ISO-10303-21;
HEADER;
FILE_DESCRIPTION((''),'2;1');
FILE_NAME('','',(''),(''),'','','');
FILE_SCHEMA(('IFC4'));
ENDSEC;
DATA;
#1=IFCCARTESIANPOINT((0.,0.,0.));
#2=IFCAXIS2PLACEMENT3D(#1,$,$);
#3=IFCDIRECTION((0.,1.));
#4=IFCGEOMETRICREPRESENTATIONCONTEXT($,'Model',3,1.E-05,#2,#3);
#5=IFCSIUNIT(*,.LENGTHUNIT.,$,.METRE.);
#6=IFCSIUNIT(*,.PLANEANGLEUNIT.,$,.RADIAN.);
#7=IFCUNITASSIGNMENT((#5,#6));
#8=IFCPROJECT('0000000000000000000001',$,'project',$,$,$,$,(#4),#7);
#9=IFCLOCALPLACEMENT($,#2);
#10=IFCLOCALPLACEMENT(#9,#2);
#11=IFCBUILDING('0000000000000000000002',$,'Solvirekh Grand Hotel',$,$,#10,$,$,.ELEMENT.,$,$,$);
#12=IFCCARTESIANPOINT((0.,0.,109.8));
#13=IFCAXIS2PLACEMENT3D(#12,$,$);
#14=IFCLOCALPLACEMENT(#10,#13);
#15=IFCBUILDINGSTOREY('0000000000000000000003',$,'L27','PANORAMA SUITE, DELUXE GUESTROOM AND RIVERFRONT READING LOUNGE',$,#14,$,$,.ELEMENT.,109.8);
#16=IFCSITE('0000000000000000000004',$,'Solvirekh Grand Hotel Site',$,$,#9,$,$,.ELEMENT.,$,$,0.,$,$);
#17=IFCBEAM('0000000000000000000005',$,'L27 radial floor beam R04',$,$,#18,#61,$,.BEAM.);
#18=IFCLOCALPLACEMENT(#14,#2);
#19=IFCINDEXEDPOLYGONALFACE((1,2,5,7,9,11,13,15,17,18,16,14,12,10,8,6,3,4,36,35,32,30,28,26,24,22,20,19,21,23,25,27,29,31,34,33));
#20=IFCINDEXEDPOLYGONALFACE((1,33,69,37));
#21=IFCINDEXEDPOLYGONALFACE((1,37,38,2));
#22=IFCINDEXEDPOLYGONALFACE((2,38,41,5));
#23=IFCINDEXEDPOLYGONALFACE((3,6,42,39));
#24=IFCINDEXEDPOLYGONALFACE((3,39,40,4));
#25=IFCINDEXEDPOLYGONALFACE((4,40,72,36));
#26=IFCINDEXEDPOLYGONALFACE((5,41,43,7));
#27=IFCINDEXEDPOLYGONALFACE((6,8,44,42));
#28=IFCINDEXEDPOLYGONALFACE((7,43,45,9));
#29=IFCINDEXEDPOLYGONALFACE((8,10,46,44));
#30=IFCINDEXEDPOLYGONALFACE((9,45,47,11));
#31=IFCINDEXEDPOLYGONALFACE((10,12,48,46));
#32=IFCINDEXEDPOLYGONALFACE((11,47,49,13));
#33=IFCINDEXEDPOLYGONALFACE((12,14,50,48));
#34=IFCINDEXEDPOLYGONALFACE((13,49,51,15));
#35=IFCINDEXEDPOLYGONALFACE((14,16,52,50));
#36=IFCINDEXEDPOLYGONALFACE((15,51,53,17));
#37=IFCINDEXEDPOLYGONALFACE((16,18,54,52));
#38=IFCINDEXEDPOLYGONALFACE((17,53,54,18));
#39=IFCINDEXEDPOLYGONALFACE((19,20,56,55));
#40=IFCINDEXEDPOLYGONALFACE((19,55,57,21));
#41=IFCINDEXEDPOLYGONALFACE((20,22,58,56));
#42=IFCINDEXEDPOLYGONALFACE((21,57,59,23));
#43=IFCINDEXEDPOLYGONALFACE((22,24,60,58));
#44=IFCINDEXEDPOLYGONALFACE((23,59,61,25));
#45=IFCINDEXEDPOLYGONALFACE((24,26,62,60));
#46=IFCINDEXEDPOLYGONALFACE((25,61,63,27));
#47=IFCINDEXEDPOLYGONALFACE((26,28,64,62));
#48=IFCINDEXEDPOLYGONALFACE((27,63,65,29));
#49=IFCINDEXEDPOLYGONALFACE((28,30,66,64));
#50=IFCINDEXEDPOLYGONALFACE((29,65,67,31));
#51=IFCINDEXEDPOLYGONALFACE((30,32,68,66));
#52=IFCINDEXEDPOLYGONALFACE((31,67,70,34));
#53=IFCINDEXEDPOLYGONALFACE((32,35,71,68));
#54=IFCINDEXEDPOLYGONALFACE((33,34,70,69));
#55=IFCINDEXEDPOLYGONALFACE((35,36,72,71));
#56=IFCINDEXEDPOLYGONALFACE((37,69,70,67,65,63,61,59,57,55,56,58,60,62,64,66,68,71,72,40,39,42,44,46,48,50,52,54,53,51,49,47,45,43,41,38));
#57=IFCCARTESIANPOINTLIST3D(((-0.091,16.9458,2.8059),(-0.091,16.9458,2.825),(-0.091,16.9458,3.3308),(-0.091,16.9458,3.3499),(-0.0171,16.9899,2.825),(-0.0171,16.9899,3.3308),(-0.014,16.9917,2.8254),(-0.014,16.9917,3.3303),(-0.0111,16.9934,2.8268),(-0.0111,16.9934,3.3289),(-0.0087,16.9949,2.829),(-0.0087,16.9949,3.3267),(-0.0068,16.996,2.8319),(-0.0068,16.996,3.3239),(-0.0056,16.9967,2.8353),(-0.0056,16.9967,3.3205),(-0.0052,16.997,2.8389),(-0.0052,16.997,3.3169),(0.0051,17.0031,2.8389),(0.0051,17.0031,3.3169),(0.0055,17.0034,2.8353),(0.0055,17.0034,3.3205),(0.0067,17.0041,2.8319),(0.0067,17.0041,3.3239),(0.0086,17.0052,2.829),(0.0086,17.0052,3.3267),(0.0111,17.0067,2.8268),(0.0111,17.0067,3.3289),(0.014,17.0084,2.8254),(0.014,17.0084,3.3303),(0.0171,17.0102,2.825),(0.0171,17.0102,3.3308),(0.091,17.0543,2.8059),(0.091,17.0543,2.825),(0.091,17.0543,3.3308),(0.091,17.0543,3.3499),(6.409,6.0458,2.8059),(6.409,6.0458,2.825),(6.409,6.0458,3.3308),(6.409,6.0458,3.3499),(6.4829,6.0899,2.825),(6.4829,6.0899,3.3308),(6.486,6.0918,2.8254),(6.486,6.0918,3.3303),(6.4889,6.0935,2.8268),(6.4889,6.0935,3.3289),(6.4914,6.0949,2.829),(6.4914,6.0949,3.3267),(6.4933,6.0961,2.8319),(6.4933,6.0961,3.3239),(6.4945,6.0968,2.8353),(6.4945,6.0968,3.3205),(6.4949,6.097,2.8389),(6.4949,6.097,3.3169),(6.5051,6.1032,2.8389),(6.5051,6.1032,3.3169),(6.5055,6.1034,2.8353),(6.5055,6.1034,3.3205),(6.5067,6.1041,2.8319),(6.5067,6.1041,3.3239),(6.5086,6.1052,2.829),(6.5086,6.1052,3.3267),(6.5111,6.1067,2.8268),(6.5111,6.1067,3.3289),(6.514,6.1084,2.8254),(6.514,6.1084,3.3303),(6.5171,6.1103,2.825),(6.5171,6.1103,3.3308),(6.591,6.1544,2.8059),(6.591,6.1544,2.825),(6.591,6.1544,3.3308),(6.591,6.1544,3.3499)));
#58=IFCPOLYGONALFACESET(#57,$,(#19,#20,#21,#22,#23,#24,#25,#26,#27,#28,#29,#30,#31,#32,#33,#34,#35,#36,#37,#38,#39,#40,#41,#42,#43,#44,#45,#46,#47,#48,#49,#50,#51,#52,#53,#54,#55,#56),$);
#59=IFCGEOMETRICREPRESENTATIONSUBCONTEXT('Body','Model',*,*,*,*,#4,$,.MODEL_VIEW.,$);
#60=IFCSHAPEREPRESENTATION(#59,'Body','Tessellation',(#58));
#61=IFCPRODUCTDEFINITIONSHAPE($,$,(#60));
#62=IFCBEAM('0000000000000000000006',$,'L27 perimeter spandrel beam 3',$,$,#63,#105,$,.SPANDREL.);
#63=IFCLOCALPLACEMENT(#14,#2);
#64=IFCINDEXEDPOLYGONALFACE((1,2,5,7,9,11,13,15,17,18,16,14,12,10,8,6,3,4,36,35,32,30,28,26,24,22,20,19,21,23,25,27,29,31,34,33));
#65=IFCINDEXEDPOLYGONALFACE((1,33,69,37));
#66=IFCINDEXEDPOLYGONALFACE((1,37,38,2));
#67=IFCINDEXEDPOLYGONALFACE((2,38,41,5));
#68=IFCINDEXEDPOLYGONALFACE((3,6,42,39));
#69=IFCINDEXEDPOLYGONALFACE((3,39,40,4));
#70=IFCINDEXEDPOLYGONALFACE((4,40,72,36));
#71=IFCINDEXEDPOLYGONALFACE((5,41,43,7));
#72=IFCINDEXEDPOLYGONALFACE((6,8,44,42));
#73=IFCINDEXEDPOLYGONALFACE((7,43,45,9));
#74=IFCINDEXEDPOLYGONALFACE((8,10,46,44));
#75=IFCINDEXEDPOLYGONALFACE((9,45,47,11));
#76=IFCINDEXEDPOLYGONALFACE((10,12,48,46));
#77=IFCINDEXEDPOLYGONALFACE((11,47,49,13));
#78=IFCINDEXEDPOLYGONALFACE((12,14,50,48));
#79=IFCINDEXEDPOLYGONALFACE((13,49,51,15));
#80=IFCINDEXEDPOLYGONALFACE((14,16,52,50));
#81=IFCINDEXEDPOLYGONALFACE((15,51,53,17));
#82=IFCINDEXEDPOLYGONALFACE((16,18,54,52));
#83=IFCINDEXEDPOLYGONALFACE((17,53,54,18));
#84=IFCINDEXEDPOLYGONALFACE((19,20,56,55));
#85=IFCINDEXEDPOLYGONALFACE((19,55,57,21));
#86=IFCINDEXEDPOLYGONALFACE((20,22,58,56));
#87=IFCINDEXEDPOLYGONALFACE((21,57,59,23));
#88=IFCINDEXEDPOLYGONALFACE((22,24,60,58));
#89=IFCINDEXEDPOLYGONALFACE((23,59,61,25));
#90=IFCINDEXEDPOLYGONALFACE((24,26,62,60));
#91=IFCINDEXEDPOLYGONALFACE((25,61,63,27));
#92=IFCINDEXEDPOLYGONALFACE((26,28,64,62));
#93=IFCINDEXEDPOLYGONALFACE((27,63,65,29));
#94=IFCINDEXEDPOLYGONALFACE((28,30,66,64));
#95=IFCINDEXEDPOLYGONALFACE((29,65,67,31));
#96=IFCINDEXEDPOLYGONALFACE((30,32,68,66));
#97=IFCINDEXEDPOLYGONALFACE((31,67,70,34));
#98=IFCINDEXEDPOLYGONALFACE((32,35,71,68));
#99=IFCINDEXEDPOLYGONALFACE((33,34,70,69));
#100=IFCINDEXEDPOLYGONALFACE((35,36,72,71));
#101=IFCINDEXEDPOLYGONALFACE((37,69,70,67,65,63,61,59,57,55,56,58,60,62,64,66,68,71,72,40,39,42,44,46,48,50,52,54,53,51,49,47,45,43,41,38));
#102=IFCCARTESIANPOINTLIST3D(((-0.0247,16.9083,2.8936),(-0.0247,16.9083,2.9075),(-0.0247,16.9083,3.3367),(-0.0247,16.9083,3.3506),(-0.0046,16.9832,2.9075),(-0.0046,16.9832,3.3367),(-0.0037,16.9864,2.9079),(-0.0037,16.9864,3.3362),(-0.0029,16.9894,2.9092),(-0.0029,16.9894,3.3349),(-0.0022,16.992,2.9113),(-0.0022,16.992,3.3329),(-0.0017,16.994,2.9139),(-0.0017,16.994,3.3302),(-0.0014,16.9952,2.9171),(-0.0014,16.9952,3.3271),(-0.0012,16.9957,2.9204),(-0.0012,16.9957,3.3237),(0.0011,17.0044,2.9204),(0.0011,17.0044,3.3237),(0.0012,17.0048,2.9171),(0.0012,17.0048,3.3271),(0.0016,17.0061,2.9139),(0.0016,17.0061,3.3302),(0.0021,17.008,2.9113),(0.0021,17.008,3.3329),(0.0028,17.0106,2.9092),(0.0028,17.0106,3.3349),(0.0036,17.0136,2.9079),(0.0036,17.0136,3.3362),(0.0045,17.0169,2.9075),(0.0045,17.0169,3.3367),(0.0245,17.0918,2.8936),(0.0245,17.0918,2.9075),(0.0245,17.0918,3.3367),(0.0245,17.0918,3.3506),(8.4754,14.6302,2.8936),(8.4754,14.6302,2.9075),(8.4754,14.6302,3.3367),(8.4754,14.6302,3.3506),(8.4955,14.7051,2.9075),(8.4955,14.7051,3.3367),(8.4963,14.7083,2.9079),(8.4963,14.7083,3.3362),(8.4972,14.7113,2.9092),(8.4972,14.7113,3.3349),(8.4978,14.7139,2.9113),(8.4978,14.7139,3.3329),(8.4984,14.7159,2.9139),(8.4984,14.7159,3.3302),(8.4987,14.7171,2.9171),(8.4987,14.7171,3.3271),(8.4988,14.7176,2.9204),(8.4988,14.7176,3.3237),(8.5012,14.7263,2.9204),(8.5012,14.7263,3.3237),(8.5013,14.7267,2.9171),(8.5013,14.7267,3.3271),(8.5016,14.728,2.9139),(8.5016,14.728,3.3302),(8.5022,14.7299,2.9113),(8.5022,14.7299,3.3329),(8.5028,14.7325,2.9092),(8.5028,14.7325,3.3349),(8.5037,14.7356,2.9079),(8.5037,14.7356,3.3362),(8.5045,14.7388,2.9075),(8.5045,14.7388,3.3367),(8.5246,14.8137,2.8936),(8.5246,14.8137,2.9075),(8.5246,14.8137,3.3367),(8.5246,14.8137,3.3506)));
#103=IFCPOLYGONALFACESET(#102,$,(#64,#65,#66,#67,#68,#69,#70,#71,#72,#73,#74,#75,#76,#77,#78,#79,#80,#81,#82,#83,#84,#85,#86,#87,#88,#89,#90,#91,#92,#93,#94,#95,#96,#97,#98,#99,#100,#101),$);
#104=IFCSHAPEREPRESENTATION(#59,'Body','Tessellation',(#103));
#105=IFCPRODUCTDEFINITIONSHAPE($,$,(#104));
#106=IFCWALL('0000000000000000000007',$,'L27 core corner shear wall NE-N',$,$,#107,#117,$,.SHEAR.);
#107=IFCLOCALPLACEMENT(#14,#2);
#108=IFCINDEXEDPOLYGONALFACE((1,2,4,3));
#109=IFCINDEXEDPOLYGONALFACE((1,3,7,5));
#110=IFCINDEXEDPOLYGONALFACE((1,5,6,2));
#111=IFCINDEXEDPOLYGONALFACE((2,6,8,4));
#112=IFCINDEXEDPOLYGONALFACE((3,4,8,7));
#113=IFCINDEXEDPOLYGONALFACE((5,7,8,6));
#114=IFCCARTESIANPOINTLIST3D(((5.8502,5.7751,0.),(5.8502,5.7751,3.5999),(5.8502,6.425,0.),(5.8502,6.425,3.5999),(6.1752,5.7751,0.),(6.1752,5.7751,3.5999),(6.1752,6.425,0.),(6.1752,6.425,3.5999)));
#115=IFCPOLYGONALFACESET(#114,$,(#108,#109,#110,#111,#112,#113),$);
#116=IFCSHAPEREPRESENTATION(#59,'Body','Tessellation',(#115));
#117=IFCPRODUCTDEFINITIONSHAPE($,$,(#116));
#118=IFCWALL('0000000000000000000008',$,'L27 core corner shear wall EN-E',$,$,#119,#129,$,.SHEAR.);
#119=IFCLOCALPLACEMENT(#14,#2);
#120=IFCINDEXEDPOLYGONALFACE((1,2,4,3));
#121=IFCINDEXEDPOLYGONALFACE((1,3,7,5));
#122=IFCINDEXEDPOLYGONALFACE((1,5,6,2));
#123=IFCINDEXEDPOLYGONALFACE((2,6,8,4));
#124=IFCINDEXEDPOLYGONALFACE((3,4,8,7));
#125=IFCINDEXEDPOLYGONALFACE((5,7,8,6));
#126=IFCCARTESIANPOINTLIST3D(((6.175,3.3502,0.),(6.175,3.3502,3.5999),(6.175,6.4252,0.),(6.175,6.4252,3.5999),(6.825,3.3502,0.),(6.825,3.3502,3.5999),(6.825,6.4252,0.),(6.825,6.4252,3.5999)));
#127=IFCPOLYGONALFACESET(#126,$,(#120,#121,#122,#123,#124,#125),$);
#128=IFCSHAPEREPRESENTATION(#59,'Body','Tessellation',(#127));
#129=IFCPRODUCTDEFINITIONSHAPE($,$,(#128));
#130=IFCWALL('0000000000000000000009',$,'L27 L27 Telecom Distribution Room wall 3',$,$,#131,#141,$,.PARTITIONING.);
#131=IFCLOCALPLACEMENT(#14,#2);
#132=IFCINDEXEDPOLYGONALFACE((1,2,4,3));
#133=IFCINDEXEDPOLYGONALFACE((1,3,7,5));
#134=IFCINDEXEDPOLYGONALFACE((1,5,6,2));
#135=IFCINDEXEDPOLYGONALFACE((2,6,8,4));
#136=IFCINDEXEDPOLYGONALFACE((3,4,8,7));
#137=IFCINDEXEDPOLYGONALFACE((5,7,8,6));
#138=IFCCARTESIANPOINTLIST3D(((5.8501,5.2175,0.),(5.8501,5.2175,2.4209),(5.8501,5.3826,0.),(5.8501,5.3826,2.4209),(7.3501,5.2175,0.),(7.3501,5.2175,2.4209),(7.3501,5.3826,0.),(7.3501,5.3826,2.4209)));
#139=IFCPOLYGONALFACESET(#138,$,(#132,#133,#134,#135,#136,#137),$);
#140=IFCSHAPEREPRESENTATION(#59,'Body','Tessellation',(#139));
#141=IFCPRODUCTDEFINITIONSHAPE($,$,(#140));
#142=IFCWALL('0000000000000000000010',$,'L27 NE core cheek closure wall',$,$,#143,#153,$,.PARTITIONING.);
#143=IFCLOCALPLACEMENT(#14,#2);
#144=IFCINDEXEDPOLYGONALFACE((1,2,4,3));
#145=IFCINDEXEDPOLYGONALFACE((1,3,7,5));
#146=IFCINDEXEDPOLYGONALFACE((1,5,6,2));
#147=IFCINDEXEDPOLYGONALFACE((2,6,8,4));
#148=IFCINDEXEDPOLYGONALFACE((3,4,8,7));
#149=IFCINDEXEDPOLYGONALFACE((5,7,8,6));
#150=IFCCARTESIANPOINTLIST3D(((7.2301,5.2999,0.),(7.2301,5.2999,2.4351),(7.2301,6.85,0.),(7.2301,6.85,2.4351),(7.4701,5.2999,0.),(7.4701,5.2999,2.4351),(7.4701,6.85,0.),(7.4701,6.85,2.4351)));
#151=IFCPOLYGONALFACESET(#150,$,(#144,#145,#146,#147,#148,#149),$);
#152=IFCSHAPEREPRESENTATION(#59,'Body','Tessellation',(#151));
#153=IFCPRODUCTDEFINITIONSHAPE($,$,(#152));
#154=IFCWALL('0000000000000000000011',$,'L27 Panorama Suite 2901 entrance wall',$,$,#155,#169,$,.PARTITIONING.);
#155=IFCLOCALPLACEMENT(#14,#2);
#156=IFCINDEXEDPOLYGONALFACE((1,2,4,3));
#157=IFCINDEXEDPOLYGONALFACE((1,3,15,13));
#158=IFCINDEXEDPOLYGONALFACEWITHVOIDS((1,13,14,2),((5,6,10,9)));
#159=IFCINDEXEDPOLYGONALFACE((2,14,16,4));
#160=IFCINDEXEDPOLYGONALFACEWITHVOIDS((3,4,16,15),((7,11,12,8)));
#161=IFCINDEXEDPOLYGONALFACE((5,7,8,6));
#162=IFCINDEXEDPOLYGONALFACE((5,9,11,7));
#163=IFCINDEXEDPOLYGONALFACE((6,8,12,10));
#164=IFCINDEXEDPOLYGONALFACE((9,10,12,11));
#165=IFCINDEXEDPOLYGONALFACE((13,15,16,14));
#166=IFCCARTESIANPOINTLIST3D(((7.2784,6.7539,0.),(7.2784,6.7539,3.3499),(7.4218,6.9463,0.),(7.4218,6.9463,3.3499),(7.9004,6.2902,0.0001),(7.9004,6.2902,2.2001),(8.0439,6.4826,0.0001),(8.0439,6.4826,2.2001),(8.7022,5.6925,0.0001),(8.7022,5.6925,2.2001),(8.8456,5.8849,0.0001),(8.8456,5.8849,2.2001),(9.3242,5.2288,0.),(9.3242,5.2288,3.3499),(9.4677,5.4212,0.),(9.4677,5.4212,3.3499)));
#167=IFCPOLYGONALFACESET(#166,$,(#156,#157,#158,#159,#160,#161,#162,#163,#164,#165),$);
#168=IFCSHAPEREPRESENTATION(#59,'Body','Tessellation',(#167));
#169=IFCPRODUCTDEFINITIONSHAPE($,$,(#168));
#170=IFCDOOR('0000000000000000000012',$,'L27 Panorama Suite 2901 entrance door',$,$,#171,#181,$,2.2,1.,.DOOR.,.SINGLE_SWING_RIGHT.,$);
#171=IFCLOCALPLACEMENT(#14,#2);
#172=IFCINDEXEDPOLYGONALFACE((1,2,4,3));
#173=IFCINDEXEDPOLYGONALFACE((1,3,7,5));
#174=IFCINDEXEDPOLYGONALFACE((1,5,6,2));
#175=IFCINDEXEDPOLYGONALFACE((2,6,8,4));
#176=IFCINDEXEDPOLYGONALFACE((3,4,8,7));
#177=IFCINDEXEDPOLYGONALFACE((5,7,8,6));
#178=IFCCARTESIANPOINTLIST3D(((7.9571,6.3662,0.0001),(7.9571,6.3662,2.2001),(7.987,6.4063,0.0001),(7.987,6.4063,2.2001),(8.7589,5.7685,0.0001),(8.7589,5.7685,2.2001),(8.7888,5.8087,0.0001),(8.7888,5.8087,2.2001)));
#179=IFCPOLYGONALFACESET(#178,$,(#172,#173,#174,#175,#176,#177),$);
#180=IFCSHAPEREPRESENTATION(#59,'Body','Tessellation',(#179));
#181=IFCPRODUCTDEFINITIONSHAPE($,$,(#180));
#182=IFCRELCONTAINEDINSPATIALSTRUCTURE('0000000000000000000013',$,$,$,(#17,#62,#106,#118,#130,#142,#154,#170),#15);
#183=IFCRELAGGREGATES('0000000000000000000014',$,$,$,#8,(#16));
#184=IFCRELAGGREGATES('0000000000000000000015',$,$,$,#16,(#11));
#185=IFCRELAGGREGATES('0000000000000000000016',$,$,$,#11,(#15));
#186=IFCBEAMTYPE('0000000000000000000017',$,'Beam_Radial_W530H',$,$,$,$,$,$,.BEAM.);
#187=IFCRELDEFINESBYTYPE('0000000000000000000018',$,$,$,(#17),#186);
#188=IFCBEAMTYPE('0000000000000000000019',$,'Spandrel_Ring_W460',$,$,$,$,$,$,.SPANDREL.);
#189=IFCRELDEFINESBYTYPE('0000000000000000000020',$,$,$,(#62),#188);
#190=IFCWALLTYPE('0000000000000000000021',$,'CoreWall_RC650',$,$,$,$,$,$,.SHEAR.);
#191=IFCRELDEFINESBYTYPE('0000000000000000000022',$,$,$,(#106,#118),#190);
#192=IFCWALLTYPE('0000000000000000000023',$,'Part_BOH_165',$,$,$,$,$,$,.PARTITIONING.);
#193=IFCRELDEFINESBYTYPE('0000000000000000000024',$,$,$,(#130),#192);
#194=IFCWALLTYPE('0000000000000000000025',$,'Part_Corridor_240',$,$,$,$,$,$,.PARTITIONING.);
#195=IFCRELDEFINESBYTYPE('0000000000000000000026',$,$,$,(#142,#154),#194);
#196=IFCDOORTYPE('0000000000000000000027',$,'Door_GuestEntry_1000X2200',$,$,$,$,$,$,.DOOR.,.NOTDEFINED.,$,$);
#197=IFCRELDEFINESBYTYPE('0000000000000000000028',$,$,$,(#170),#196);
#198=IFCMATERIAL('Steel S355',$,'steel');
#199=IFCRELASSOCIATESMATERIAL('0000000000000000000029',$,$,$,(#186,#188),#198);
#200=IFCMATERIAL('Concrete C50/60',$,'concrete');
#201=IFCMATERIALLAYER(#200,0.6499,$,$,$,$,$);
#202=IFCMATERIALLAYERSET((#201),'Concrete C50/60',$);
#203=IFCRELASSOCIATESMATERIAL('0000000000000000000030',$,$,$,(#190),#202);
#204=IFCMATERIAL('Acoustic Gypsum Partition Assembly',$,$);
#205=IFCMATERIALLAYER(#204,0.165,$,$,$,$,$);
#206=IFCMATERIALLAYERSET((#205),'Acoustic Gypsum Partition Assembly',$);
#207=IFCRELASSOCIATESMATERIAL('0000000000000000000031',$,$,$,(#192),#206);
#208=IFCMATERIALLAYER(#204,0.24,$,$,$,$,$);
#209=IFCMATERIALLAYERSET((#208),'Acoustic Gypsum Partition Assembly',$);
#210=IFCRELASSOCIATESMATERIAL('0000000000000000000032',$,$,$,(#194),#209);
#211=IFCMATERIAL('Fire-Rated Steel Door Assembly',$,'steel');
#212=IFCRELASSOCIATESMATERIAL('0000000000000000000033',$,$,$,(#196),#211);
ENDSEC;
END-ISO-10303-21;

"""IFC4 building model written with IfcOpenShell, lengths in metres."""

from ifc_helpers import new_model, si_unit, direction, frame, frame_2d, origin, origin_2d, place, context, subcontext, project, spatial, rectangle, i_section, extrude, material, layer, layer_set, material_profile, profile_set, type_object, element, fill, save


model = new_model("IFC4")

# Units and contexts
model_context = context("Model", 3, precision=1e-05, world=origin(), true_north=direction((0.0, 1.0)))
body_context = subcontext(model_context, "Body", "Model", "MODEL_VIEW")
ifc_project = project(units=[si_unit("LENGTHUNIT", "METRE"), si_unit("PLANEANGLEUNIT", "RADIAN")], contexts=[model_context])

# Site, building, storey
site_placement = place(None, origin())
site = spatial("IfcSite", under=ifc_project, at=site_placement, Name="Solvirekh Grand Hotel Site", CompositionType="ELEMENT", RefElevation=0.0)
building_placement = place(site_placement, origin())
building = spatial("IfcBuilding", under=site, at=building_placement, Name="Solvirekh Grand Hotel", CompositionType="ELEMENT")
storey_placement = place(building_placement, frame((0.0, 0.0, 109.8)))
storey = spatial("IfcBuildingStorey", under=building, at=storey_placement, Name="L27", Description="PANORAMA SUITE, DELUXE GUESTROOM AND RIVERFRONT READING LOUNGE", CompositionType="ELEMENT", Elevation=109.8)

# Shared definitions
ifc_material_1 = material(Name="Concrete C50/60", Category="concrete")

# Beams
ifc_material_2 = material(Name="Steel S355", Category="steel")
ifc_material_profile_1 = material_profile(ifc_material_2, i_section(OverallWidth=0.2119, OverallDepth=0.5439, WebThickness=0.012, FlangeThickness=0.019, FilletRadius=0.0139, at=origin_2d()), Name="W530X123")
ifc_profile_set_1 = profile_set([ifc_material_profile_1], Name="Steel S355")
beam_type_1 = type_object("IfcBeamType", Name="Beam_Radial_W530H", PredefinedType="BEAM", material=ifc_profile_set_1)
beam_1_placement = place(storey_placement, frame((6.5, 6.1001, 3.0779), z_axis=(-0.51218, 0.858878, 0.0), x_axis=(-0.858878, -0.51218, 0.0)))
element("IfcBeam", 1, at=beam_1_placement, inside=storey, type_object=beam_type_1, Name="L27 radial floor beam R04", PredefinedType="BEAM", context=body_context, shape_type="SweptSolid", body=[
    extrude(i_section(OverallWidth=0.2119, OverallDepth=0.5439, WebThickness=0.012, FlangeThickness=0.019, FilletRadius=0.0139, at=origin_2d()), origin(), (0.0, 0.0, 1.0), 12.6909),
])
ifc_material_profile_2 = material_profile(ifc_material_2, i_section(OverallWidth=0.1899, OverallDepth=0.457, WebThickness=0.009, FlangeThickness=0.0139, FilletRadius=0.0129, at=origin_2d()), Name="W460X74")
ifc_profile_set_2 = profile_set([ifc_material_profile_2], Name="Steel S355")
beam_type_2 = type_object("IfcBeamType", Name="Spandrel_Ring_W460", PredefinedType="SPANDREL", material=ifc_profile_set_2)
beam_2_placement = place(storey_placement, frame((8.5, 14.7219, 3.1221), z_axis=(-0.965911, 0.258873, 0.0), x_axis=(-0.258873, -0.965911, 0.0)))
element("IfcBeam", 2, at=beam_2_placement, inside=storey, type_object=beam_type_2, Name="L27 perimeter spandrel beam 3", PredefinedType="SPANDREL", context=body_context, shape_type="SweptSolid", body=[
    extrude(i_section(OverallWidth=0.1899, OverallDepth=0.457, WebThickness=0.009, FlangeThickness=0.0139, FilletRadius=0.0129, at=origin_2d()), origin(), (0.0, 0.0, 1.0), 8.8),
])

# Walls
ifc_layer_1 = layer(ifc_material_1, 0.6499)
ifc_layer_set_1 = layer_set([ifc_layer_1], Name="Concrete C50/60")
wall_type_1 = type_object("IfcWallType", Name="CoreWall_RC650", PredefinedType="SHEAR", material=ifc_layer_set_1)
wall_1_placement = place(storey_placement, frame((5.8501, 6.1001, 0.0), z_axis=(0.0, 0.0, 1.0), x_axis=(1.0, 0.0, 0.0)))
element("IfcWall", 3, at=wall_1_placement, inside=storey, type_object=wall_type_1, Name="L27 core corner shear wall NE-N", PredefinedType="SHEAR", context=body_context, shape_type="SweptSolid", body=[
    extrude(rectangle(XDim=0.325, YDim=0.6499, at=frame_2d((0.1626, 0.0))), origin(), (0.0, 0.0, 1.0), 3.5999),
])
wall_2_placement = place(storey_placement, frame((6.5, 3.3501, 0.0), z_axis=(0.0, 0.0, 1.0), x_axis=(0.0, 1.0, 0.0)))
element("IfcWall", 4, at=wall_2_placement, inside=storey, type_object=wall_type_1, Name="L27 core corner shear wall EN-E", PredefinedType="SHEAR", context=body_context, shape_type="SweptSolid", body=[
    extrude(rectangle(XDim=3.075, YDim=0.6499, at=frame_2d((1.5376, 0.0))), origin(), (0.0, 0.0, 1.0), 3.5999),
])

# Shared definitions
ifc_material_3 = material(Name="Acoustic Gypsum Partition Assembly")
ifc_layer_2 = layer(ifc_material_3, 0.165)
ifc_layer_set_2 = layer_set([ifc_layer_2], Name="Acoustic Gypsum Partition Assembly")
wall_type_2 = type_object("IfcWallType", Name="Part_BOH_165", PredefinedType="PARTITIONING", material=ifc_layer_set_2)
ifc_material_4 = material(Name="Fire-Rated Steel Door Assembly", Category="steel")

# Walls
wall_3_placement = place(storey_placement, frame((7.3501, 5.3, 0.0), z_axis=(0.0, 0.0, 1.0), x_axis=(-1.0, 0.0, 0.0)))
element("IfcWall", 5, at=wall_3_placement, inside=storey, type_object=wall_type_2, Name="L27 L27 Telecom Distribution Room wall 3", PredefinedType="PARTITIONING", context=body_context, shape_type="SweptSolid", body=[
    extrude(rectangle(XDim=1.5, YDim=0.165, at=frame_2d((0.75, 0.0))), origin(), (0.0, 0.0, 1.0), 2.4209),
])
ifc_layer_3 = layer(ifc_material_3, 0.24)
ifc_layer_set_3 = layer_set([ifc_layer_3], Name="Acoustic Gypsum Partition Assembly")
wall_type_3 = type_object("IfcWallType", Name="Part_Corridor_240", PredefinedType="PARTITIONING", material=ifc_layer_set_3)
wall_4_placement = place(storey_placement, frame((7.3501, 5.3, 0.0), z_axis=(0.0, 0.0, 1.0), x_axis=(0.0, 1.0, 0.0)))
element("IfcWall", 6, at=wall_4_placement, inside=storey, type_object=wall_type_3, Name="L27 NE core cheek closure wall", PredefinedType="PARTITIONING", context=body_context, shape_type="SweptSolid", body=[
    extrude(rectangle(XDim=1.55, YDim=0.24, at=frame_2d((0.7749, 0.0))), origin(), (0.0, 0.0, 1.0), 2.4351),
])

# Wall, opening, door
wall_5_placement = place(storey_placement, frame((7.3501, 6.8501, 0.0), z_axis=(0.0, 0.0, 1.0), x_axis=(0.801742, -0.597671, 0.0)))
wall_5 = element("IfcWall", 7, at=wall_5_placement, inside=storey, type_object=wall_type_3, Name="L27 Panorama Suite 2901 entrance wall", PredefinedType="PARTITIONING", context=body_context, shape_type="SweptSolid", body=[
    extrude(rectangle(XDim=2.5518, YDim=0.24, at=frame_2d((1.2759, 0.0))), origin(), (0.0, 0.0, 1.0), 3.3499),
])
opening_1_placement = place(wall_5_placement, frame((0.7759, 0.0, 0.0)))
opening_1 = element("IfcOpeningElement", 8, at=opening_1_placement, cuts=wall_5, PredefinedType="OPENING", context=body_context, shape_type="SweptSolid", body=[
    extrude(rectangle(XDim=1.0, YDim=2.2, at=frame_2d((0.5, 1.1001))), frame((0.0, 0.1299, 0.0), z_axis=(0.0, -1.0, 0.0), x_axis=(1.0, 0.0, 0.0)), (0.0, 0.0, 1.0), 0.26),
])
door_type_1 = type_object("IfcDoorType", Name="Door_GuestEntry_1000X2200", OperationType="NOTDEFINED", PredefinedType="DOOR", material=ifc_material_4)
door_1_placement = place(opening_1_placement, origin())
door_1 = element("IfcDoor", 9, at=door_1_placement, inside=storey, type_object=door_type_1, Name="L27 Panorama Suite 2901 entrance door", OperationType="SINGLE_SWING_RIGHT", OverallHeight=2.2, OverallWidth=1.0, PredefinedType="DOOR", context=body_context, shape_type="SweptSolid", body=[
    extrude(rectangle(XDim=1.0, YDim=2.2, at=frame_2d((0.5, 1.1001))), frame((0.0, 0.0249, 0.0), z_axis=(0.0, -1.0, 0.0), x_axis=(1.0, 0.0, 0.0)), (0.0, 0.0, 1.0), 0.05),
])
fill(opening_1, door_1)

save(model, "model.ifc")
